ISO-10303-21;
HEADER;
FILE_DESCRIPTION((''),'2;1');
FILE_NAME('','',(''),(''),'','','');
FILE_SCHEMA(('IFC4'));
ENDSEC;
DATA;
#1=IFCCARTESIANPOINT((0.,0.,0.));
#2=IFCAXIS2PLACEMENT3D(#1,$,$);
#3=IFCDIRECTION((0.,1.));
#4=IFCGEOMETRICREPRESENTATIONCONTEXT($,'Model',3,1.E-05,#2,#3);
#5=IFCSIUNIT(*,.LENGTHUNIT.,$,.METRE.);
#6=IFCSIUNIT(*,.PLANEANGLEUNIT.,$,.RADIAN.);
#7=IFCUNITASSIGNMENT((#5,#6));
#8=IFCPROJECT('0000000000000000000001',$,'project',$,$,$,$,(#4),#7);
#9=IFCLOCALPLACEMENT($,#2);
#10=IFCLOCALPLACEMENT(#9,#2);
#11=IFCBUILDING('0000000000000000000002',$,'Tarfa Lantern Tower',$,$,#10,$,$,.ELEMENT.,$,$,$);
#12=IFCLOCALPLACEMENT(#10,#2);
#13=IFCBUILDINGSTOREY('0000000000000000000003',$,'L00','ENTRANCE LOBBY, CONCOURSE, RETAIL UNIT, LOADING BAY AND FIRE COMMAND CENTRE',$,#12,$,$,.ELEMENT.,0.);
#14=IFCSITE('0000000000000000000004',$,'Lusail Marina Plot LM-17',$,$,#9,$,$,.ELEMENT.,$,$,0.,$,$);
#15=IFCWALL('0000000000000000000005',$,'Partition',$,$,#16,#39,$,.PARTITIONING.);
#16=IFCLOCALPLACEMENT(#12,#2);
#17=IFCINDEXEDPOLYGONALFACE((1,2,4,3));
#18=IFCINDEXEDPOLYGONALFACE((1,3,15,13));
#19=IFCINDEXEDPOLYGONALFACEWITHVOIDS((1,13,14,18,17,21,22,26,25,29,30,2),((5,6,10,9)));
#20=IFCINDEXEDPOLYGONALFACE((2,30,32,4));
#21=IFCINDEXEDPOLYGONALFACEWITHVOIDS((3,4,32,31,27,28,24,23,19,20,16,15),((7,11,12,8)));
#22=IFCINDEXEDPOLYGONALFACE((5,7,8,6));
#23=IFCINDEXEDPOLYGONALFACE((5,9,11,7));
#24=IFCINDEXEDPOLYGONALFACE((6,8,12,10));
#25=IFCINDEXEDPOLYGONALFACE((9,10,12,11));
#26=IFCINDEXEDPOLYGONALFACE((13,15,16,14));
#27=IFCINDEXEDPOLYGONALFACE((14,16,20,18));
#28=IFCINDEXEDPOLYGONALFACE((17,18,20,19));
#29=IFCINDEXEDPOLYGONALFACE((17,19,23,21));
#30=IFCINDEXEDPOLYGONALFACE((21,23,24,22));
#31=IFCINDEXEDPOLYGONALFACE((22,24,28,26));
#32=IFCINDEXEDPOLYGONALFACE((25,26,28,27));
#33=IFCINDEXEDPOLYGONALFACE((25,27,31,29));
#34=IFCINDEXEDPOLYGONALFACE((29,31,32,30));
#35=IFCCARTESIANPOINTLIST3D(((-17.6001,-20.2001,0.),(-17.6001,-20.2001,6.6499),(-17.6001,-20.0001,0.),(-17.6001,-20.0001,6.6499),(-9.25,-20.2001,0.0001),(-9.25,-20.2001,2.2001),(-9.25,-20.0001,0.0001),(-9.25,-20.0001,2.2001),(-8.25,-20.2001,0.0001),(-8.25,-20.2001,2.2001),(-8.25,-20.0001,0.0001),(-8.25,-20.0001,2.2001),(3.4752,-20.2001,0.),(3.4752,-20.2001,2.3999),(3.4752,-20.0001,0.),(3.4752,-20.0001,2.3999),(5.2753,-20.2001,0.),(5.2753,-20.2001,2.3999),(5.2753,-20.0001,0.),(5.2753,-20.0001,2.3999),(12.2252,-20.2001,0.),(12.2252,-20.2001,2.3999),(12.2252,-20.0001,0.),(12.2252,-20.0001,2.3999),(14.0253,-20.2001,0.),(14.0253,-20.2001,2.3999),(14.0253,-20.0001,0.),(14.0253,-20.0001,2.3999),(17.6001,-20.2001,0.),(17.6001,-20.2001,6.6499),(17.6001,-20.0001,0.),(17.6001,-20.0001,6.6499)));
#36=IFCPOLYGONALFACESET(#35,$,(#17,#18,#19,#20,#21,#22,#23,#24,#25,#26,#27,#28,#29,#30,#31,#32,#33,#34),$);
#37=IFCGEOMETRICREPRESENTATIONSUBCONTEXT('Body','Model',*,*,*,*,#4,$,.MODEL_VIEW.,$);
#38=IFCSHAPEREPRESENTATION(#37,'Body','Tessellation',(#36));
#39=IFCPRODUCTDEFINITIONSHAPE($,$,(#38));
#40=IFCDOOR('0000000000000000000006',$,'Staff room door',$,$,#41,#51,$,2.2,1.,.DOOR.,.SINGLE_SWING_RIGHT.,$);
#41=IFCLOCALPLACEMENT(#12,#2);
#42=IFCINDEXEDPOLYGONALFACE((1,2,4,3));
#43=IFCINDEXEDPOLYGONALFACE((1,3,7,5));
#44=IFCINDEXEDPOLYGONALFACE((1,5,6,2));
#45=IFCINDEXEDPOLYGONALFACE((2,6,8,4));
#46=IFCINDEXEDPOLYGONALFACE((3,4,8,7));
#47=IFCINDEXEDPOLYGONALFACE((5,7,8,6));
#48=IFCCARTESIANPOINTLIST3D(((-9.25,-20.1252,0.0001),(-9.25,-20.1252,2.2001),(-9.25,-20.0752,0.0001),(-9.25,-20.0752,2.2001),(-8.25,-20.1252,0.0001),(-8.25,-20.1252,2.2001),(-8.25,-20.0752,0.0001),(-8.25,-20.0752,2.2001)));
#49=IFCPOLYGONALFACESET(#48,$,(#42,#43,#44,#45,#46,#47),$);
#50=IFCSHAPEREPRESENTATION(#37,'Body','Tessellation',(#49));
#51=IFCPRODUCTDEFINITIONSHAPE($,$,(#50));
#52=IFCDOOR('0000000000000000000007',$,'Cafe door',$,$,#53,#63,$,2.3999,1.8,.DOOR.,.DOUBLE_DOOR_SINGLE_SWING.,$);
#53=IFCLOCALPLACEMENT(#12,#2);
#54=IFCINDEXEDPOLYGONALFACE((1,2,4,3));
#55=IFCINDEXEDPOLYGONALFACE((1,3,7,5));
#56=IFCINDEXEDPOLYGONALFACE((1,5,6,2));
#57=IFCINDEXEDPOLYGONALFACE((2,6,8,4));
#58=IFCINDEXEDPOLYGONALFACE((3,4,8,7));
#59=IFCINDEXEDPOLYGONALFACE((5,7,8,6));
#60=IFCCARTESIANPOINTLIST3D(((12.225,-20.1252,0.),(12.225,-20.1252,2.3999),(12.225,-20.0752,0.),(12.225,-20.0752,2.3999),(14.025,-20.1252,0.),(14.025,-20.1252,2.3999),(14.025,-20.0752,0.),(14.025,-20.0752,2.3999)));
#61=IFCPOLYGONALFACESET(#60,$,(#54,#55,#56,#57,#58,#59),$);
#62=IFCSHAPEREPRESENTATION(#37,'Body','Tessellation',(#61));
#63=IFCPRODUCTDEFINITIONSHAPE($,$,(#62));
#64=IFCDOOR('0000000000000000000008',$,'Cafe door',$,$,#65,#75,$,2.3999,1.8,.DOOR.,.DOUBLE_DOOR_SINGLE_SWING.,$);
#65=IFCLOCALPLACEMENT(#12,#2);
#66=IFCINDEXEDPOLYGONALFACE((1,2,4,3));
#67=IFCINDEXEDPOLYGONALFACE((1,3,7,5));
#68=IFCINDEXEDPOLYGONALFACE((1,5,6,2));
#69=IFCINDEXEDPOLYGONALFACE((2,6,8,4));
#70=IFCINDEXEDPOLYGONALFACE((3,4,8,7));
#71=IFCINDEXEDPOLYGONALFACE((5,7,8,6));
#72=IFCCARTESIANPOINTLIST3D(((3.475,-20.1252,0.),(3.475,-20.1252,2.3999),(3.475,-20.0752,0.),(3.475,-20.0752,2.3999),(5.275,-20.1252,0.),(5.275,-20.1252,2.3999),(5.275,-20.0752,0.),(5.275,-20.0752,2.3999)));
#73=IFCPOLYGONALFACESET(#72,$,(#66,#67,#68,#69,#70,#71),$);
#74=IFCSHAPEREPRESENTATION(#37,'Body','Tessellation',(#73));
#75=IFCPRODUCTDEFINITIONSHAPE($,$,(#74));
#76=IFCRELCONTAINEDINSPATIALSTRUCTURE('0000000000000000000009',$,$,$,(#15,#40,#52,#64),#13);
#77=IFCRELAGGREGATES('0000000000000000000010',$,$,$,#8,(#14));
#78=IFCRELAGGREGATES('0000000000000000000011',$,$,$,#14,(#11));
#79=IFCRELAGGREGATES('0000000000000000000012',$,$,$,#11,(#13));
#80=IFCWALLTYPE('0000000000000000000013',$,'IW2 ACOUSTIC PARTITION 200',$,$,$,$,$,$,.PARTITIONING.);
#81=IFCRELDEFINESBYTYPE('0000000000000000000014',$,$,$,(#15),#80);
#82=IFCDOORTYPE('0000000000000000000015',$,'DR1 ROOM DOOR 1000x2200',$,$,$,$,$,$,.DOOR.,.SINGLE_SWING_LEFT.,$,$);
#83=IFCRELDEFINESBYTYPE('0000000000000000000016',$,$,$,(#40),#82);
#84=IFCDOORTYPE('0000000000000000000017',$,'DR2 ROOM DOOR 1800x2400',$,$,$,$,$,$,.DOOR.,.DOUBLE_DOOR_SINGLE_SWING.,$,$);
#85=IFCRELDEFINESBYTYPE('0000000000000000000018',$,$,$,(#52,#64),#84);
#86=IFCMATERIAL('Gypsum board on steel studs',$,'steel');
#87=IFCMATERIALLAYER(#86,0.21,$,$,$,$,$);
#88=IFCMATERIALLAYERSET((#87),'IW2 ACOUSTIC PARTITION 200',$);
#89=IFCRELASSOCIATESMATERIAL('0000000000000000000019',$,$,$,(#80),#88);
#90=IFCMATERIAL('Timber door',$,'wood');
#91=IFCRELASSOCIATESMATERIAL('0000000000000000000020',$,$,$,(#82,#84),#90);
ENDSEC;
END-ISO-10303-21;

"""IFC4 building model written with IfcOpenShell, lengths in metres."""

from ifc_helpers import new_model, si_unit, direction, frame, frame_2d, origin, place, context, subcontext, project, spatial, rectangle, extrude, material, layer, layer_set, type_object, element, fill, save


model = new_model("IFC4")

# Units and contexts
model_context = context("Model", 3, precision=1e-05, world=origin(), true_north=direction((0.0, 1.0)))
body_context = subcontext(model_context, "Body", "Model", "MODEL_VIEW")
ifc_project = project(units=[si_unit("LENGTHUNIT", "METRE"), si_unit("PLANEANGLEUNIT", "RADIAN")], contexts=[model_context])

# Site, building, storey
site_placement = place(None, origin())
site = spatial("IfcSite", under=ifc_project, at=site_placement, Name="Lusail Marina Plot LM-17", CompositionType="ELEMENT", RefElevation=0.0)
building_placement = place(site_placement, origin())
building = spatial("IfcBuilding", under=site, at=building_placement, Name="Tarfa Lantern Tower", CompositionType="ELEMENT")
storey_placement = place(building_placement, origin())
storey = spatial("IfcBuildingStorey", under=building, at=storey_placement, Name="L00", Description="ENTRANCE LOBBY, CONCOURSE, RETAIL UNIT, LOADING BAY AND FIRE COMMAND CENTRE", CompositionType="ELEMENT", Elevation=0.0)

# Wall, openings, doors
ifc_material_1 = material(Name="Gypsum board on steel studs", Category="steel")
ifc_layer = layer(ifc_material_1, 0.21)
ifc_layer_set = layer_set([ifc_layer], Name="IW2 ACOUSTIC PARTITION 200")
wall_type = type_object("IfcWallType", Name="IW2 ACOUSTIC PARTITION 200", PredefinedType="PARTITIONING", material=ifc_layer_set)
wall_placement = place(storey_placement, frame((17.6001, -20.1001, 0.0), z_axis=(0.0, 0.0, 1.0), x_axis=(-1.0, 0.0, 0.0)))
wall = element("IfcWall", 1, at=wall_placement, inside=storey, type_object=wall_type, Name="Partition", PredefinedType="PARTITIONING", context=body_context, shape_type="SweptSolid", body=[
    extrude(rectangle(XDim=35.2002, YDim=0.2, at=frame_2d((17.6001, 0.0))), origin(), (0.0, 0.0, 1.0), 6.6499),
])
opening_1_placement = place(wall_placement, frame((3.575, 0.0, 0.0)))
opening_1 = element("IfcOpeningElement", 2, at=opening_1_placement, cuts=wall, PredefinedType="OPENING", context=body_context, shape_type="SweptSolid", body=[
    extrude(rectangle(XDim=1.8, YDim=2.3999, at=frame_2d((0.8999, 1.2))), frame((0.0, 0.1099, 0.0), z_axis=(0.0, -1.0, 0.0), x_axis=(1.0, 0.0, 0.0)), (0.0, 0.0, 1.0), 0.22),
])
opening_2_placement = place(wall_placement, frame((12.325, 0.0, 0.0)))
opening_2 = element("IfcOpeningElement", 3, at=opening_2_placement, cuts=wall, PredefinedType="OPENING", context=body_context, shape_type="SweptSolid", body=[
    extrude(rectangle(XDim=1.8, YDim=2.3999, at=frame_2d((0.8999, 1.2))), frame((0.0, 0.1099, 0.0), z_axis=(0.0, -1.0, 0.0), x_axis=(1.0, 0.0, 0.0)), (0.0, 0.0, 1.0), 0.22),
])
opening_3_placement = place(wall_placement, frame((25.8501, 0.0, 0.0)))
opening_3 = element("IfcOpeningElement", 4, at=opening_3_placement, cuts=wall, PredefinedType="OPENING", context=body_context, shape_type="SweptSolid", body=[
    extrude(rectangle(XDim=1.0, YDim=2.2, at=frame_2d((0.5, 1.1001))), frame((0.0, 0.1099, 0.0), z_axis=(0.0, -1.0, 0.0), x_axis=(1.0, 0.0, 0.0)), (0.0, 0.0, 1.0), 0.22),
])
ifc_material_2 = material(Name="Timber door", Category="wood")
door_type_1 = type_object("IfcDoorType", Name="DR1 ROOM DOOR 1000x2200", OperationType="SINGLE_SWING_LEFT", PredefinedType="DOOR", material=ifc_material_2)
door_1_placement = place(opening_3_placement, frame((1.0, 0.0, 0.0), z_axis=(0.0, 0.0, 1.0), x_axis=(-1.0, 0.0, 0.0)))
door_1 = element("IfcDoor", 5, at=door_1_placement, inside=storey, type_object=door_type_1, Name="Staff room door", OperationType="SINGLE_SWING_RIGHT", OverallHeight=2.2, OverallWidth=1.0, PredefinedType="DOOR", context=body_context, shape_type="SweptSolid", body=[
    extrude(rectangle(XDim=1.0, YDim=2.2, at=frame_2d((0.5, 1.1001))), frame((0.0, 0.0249, 0.0), z_axis=(0.0, -1.0, 0.0), x_axis=(1.0, 0.0, 0.0)), (0.0, 0.0, 1.0), 0.05),
])
fill(opening_3, door_1)
door_type_2 = type_object("IfcDoorType", Name="DR2 ROOM DOOR 1800x2400", OperationType="DOUBLE_DOOR_SINGLE_SWING", PredefinedType="DOOR", material=ifc_material_2)
door_2_placement = place(opening_1_placement, frame((1.8, 0.0, 0.0), z_axis=(0.0, 0.0, 1.0), x_axis=(-1.0, 0.0, 0.0)))
door_2 = element("IfcDoor", 6, at=door_2_placement, inside=storey, type_object=door_type_2, Name="Cafe door", OperationType="DOUBLE_DOOR_SINGLE_SWING", OverallHeight=2.3999, OverallWidth=1.8, PredefinedType="DOOR", context=body_context, shape_type="SweptSolid", body=[
    extrude(rectangle(XDim=1.8, YDim=2.3999, at=frame_2d((0.8999, 1.2))), frame((0.0, 0.0249, 0.0), z_axis=(0.0, -1.0, 0.0), x_axis=(1.0, 0.0, 0.0)), (0.0, 0.0, 1.0), 0.05),
])
fill(opening_1, door_2)
door_3_placement = place(opening_2_placement, frame((1.8, 0.0, 0.0), z_axis=(0.0, 0.0, 1.0), x_axis=(-1.0, 0.0, 0.0)))
door_3 = element("IfcDoor", 7, at=door_3_placement, inside=storey, type_object=door_type_2, Name="Cafe door", OperationType="DOUBLE_DOOR_SINGLE_SWING", OverallHeight=2.3999, OverallWidth=1.8, PredefinedType="DOOR", context=body_context, shape_type="SweptSolid", body=[
    extrude(rectangle(XDim=1.8, YDim=2.3999, at=frame_2d((0.8999, 1.2))), frame((0.0, 0.0249, 0.0), z_axis=(0.0, -1.0, 0.0), x_axis=(1.0, 0.0, 0.0)), (0.0, 0.0, 1.0), 0.05),
])
fill(opening_2, door_3)

save(model, "model.ifc")
